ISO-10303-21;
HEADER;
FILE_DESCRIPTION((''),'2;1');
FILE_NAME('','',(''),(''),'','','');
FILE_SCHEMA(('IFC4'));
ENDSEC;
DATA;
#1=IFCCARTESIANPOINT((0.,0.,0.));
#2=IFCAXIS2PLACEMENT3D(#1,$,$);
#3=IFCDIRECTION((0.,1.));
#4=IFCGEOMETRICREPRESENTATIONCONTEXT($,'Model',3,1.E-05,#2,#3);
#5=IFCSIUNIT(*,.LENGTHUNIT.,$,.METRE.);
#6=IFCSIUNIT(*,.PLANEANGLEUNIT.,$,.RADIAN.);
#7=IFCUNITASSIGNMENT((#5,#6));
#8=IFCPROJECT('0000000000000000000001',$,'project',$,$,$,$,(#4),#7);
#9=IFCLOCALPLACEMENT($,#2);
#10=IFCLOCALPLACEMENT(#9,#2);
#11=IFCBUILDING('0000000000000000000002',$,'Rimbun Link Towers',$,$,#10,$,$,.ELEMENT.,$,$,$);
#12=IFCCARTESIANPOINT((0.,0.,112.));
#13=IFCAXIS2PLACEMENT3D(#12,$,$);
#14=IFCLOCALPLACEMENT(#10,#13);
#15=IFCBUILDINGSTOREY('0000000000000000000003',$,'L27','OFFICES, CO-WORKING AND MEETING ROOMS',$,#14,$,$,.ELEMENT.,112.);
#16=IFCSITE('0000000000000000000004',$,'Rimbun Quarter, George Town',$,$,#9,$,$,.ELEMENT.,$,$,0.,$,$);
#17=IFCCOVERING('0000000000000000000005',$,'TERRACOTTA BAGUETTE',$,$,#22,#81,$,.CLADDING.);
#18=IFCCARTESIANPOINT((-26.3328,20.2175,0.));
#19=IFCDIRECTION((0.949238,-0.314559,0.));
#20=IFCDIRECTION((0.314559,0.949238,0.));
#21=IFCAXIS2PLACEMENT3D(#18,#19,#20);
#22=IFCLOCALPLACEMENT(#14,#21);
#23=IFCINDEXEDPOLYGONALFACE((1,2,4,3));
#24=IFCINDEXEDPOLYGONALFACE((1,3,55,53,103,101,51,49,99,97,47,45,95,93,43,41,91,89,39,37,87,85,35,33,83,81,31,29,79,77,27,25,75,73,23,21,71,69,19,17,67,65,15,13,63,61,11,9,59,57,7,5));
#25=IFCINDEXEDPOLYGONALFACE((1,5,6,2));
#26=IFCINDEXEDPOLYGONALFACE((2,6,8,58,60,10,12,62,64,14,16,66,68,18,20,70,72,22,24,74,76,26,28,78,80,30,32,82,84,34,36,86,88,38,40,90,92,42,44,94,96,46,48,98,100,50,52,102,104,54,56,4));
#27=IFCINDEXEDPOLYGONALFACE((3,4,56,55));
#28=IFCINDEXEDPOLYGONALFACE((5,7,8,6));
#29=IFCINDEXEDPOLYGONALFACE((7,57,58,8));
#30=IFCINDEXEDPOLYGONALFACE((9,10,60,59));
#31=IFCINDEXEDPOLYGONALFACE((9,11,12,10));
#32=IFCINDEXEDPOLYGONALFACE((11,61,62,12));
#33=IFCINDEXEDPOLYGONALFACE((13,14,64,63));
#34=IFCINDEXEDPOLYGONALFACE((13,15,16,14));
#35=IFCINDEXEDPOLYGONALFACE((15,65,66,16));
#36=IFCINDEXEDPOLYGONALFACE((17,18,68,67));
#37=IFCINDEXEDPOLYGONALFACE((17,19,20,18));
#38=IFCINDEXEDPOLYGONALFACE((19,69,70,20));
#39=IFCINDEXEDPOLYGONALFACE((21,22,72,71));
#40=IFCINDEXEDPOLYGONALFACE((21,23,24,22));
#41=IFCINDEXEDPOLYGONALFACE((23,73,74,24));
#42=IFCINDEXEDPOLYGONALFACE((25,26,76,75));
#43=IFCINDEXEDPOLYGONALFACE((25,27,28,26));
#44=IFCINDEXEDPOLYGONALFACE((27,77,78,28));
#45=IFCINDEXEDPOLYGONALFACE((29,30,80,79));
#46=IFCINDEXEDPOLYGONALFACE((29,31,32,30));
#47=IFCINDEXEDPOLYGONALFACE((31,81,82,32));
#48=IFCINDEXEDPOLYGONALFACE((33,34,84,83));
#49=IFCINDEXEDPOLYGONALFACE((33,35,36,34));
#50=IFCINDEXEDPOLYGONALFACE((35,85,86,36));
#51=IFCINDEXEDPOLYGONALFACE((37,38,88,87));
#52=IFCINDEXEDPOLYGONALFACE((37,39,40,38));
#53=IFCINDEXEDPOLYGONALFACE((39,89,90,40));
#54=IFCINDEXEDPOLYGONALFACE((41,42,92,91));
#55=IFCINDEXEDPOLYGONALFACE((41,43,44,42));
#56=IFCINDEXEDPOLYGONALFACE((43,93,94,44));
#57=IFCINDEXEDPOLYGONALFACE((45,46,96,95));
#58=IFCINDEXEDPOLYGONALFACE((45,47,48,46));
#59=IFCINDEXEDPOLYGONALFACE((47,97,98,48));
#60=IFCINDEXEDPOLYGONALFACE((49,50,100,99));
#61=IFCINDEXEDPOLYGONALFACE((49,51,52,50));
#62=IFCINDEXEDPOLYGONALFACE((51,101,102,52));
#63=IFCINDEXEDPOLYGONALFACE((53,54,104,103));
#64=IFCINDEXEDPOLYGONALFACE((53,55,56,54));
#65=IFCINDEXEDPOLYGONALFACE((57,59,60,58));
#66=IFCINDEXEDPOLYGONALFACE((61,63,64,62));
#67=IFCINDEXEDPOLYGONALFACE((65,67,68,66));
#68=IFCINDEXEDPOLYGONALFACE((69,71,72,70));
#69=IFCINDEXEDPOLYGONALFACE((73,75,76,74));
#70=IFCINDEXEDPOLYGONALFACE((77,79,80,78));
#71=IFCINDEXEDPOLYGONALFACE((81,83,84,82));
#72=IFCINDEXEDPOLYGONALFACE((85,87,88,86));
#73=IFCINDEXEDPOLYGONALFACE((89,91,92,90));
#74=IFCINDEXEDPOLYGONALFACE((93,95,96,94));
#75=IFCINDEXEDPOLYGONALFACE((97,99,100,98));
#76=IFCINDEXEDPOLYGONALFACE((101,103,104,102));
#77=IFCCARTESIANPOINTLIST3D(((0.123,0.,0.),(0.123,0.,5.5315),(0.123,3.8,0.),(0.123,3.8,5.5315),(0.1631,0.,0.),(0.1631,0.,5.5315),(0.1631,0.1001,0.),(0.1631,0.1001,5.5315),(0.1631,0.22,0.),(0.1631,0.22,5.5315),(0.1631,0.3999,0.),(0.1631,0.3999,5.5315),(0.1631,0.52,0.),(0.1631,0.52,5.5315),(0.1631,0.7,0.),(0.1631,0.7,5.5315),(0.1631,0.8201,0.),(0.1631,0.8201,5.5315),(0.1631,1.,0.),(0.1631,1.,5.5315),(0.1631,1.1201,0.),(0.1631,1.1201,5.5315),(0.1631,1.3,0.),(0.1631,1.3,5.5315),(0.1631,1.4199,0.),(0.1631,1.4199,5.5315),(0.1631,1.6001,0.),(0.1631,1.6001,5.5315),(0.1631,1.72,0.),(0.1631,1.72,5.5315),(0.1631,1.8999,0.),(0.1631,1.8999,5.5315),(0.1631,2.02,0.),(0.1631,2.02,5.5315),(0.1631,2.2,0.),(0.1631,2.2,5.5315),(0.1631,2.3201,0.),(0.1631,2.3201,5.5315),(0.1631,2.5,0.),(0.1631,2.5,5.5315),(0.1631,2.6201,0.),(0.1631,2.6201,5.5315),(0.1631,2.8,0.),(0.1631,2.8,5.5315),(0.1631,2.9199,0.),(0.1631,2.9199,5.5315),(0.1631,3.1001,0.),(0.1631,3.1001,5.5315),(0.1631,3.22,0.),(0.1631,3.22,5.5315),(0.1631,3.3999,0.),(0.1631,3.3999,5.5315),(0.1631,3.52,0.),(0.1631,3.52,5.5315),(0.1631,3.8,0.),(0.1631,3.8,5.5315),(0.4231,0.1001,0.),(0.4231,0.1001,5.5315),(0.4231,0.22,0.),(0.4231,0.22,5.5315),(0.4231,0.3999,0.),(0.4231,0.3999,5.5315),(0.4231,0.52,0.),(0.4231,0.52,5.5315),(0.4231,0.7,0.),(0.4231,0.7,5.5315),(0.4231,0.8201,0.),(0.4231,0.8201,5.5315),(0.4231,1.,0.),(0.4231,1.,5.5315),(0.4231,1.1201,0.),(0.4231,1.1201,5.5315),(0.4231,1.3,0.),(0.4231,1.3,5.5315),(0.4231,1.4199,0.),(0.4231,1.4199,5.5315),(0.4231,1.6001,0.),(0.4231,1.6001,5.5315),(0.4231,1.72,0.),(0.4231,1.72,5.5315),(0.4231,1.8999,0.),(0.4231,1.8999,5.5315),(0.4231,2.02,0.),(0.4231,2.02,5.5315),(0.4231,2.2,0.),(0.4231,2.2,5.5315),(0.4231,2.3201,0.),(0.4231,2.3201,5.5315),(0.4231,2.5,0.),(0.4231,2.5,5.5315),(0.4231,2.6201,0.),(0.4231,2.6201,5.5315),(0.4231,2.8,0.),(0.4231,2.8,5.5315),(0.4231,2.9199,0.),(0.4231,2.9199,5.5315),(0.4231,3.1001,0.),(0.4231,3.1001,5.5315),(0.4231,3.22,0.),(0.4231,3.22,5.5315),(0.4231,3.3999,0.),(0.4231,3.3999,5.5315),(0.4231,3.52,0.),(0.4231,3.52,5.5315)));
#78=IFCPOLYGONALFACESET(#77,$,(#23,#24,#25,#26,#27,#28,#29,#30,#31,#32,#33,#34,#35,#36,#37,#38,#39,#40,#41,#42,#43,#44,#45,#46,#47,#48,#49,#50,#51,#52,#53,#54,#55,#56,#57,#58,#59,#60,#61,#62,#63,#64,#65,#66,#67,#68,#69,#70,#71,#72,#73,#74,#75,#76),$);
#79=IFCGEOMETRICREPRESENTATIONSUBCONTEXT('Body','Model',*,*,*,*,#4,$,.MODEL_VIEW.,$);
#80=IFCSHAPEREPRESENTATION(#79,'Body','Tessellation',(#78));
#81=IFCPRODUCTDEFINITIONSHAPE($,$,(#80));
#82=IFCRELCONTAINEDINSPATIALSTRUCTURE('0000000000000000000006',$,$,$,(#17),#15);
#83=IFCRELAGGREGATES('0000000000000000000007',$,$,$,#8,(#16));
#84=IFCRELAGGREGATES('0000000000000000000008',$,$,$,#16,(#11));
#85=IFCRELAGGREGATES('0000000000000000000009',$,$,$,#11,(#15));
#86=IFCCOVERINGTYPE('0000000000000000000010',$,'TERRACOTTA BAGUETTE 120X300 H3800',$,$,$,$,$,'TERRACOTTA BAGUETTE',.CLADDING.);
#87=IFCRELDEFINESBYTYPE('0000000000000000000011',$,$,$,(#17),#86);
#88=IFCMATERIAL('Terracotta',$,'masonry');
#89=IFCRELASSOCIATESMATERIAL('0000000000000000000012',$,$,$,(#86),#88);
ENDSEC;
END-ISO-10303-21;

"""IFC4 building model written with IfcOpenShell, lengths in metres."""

from ifc_helpers import new_model, si_unit, direction, frame, origin, place, context, subcontext, project, spatial, polyline, outline, extrude, material, material_profile, profile_set, type_object, element, save


model = new_model("IFC4")

# Units and contexts
model_context = context("Model", 3, precision=1e-05, world=origin(), true_north=direction((0.0, 1.0)))
body_context = subcontext(model_context, "Body", "Model", "MODEL_VIEW")
ifc_project = project(units=[si_unit("LENGTHUNIT", "METRE"), si_unit("PLANEANGLEUNIT", "RADIAN")], contexts=[model_context])

# Site, building, storey
site_placement = place(None, origin())
site = spatial("IfcSite", under=ifc_project, at=site_placement, Name="Rimbun Quarter, George Town", CompositionType="ELEMENT", RefElevation=0.0)
building_placement = place(site_placement, origin())
building = spatial("IfcBuilding", under=site, at=building_placement, Name="Rimbun Link Towers", CompositionType="ELEMENT")
storey_placement = place(building_placement, frame((0.0, 0.0, 112.0)))
storey = spatial("IfcBuildingStorey", under=building, at=storey_placement, Name="L27", Description="OFFICES, CO-WORKING AND MEETING ROOMS", CompositionType="ELEMENT", Elevation=112.0)

# Covering
ifc_material_1 = material(Name="Terracotta", Category="masonry")
ifc_material_profile_1 = material_profile(ifc_material_1, outline(polyline([(0.123, 0.0), (0.1631, 0.0), (0.1631, 0.1001), (0.4231, 0.1001), (0.4231, 0.22), (0.1631, 0.22), (0.1631, 0.3999), (0.4231, 0.3999), (0.4231, 0.52), (0.1631, 0.52), (0.1631, 0.7), (0.4231, 0.7), (0.4231, 0.8201), (0.1631, 0.8201), (0.1631, 1.0), (0.4231, 1.0), (0.4231, 1.1201), (0.1631, 1.1201), (0.1631, 1.3), (0.4231, 1.3), (0.4231, 1.4199), (0.1631, 1.4199), (0.1631, 1.6001), (0.4231, 1.6001), (0.4231, 1.72), (0.1631, 1.72), (0.1631, 1.8999), (0.4231, 1.8999), (0.4231, 2.02), (0.1631, 2.02), (0.1631, 2.2), (0.4231, 2.2), (0.4231, 2.3201), (0.1631, 2.3201), (0.1631, 2.5), (0.4231, 2.5), (0.4231, 2.6201), (0.1631, 2.6201), (0.1631, 2.8), (0.4231, 2.8), (0.4231, 2.9199), (0.1631, 2.9199), (0.1631, 3.1001), (0.4231, 3.1001), (0.4231, 3.22), (0.1631, 3.22), (0.1631, 3.3999), (0.4231, 3.3999), (0.4231, 3.52), (0.1631, 3.52), (0.1631, 3.8), (0.123, 3.8), (0.123, 0.0)])), Name="BAGUETTE 120X300")
ifc_profile_set_1 = profile_set([ifc_material_profile_1], Name="Terracotta")
covering_type = type_object("IfcCoveringType", Name="TERRACOTTA BAGUETTE 120X300 H3800", ElementType="TERRACOTTA BAGUETTE", PredefinedType="CLADDING", material=ifc_profile_set_1)
covering_1_placement = place(storey_placement, frame((-26.3328, 20.2175, 0.0), z_axis=(0.949238, -0.314559, 0.0), x_axis=(0.314559, 0.949238, 0.0)))
element("IfcCovering", 1, at=covering_1_placement, inside=storey, type_object=covering_type, Name="TERRACOTTA BAGUETTE", PredefinedType="CLADDING", context=body_context, shape_type="SweptSolid", body=[
    extrude(outline(polyline([(0.123, 0.0), (0.1631, 0.0), (0.1631, 0.1001), (0.4231, 0.1001), (0.4231, 0.22), (0.1631, 0.22), (0.1631, 0.3999), (0.4231, 0.3999), (0.4231, 0.52), (0.1631, 0.52), (0.1631, 0.7), (0.4231, 0.7), (0.4231, 0.8201), (0.1631, 0.8201), (0.1631, 1.0), (0.4231, 1.0), (0.4231, 1.1201), (0.1631, 1.1201), (0.1631, 1.3), (0.4231, 1.3), (0.4231, 1.4199), (0.1631, 1.4199), (0.1631, 1.6001), (0.4231, 1.6001), (0.4231, 1.72), (0.1631, 1.72), (0.1631, 1.8999), (0.4231, 1.8999), (0.4231, 2.02), (0.1631, 2.02), (0.1631, 2.2), (0.4231, 2.2), (0.4231, 2.3201), (0.1631, 2.3201), (0.1631, 2.5), (0.4231, 2.5), (0.4231, 2.6201), (0.1631, 2.6201), (0.1631, 2.8), (0.4231, 2.8), (0.4231, 2.9199), (0.1631, 2.9199), (0.1631, 3.1001), (0.4231, 3.1001), (0.4231, 3.22), (0.1631, 3.22), (0.1631, 3.3999), (0.4231, 3.3999), (0.4231, 3.52), (0.1631, 3.52), (0.1631, 3.8), (0.123, 3.8), (0.123, 0.0)])), origin(), (0.0, 0.0, 1.0), 5.5315),
])

save(model, "model.ifc")
